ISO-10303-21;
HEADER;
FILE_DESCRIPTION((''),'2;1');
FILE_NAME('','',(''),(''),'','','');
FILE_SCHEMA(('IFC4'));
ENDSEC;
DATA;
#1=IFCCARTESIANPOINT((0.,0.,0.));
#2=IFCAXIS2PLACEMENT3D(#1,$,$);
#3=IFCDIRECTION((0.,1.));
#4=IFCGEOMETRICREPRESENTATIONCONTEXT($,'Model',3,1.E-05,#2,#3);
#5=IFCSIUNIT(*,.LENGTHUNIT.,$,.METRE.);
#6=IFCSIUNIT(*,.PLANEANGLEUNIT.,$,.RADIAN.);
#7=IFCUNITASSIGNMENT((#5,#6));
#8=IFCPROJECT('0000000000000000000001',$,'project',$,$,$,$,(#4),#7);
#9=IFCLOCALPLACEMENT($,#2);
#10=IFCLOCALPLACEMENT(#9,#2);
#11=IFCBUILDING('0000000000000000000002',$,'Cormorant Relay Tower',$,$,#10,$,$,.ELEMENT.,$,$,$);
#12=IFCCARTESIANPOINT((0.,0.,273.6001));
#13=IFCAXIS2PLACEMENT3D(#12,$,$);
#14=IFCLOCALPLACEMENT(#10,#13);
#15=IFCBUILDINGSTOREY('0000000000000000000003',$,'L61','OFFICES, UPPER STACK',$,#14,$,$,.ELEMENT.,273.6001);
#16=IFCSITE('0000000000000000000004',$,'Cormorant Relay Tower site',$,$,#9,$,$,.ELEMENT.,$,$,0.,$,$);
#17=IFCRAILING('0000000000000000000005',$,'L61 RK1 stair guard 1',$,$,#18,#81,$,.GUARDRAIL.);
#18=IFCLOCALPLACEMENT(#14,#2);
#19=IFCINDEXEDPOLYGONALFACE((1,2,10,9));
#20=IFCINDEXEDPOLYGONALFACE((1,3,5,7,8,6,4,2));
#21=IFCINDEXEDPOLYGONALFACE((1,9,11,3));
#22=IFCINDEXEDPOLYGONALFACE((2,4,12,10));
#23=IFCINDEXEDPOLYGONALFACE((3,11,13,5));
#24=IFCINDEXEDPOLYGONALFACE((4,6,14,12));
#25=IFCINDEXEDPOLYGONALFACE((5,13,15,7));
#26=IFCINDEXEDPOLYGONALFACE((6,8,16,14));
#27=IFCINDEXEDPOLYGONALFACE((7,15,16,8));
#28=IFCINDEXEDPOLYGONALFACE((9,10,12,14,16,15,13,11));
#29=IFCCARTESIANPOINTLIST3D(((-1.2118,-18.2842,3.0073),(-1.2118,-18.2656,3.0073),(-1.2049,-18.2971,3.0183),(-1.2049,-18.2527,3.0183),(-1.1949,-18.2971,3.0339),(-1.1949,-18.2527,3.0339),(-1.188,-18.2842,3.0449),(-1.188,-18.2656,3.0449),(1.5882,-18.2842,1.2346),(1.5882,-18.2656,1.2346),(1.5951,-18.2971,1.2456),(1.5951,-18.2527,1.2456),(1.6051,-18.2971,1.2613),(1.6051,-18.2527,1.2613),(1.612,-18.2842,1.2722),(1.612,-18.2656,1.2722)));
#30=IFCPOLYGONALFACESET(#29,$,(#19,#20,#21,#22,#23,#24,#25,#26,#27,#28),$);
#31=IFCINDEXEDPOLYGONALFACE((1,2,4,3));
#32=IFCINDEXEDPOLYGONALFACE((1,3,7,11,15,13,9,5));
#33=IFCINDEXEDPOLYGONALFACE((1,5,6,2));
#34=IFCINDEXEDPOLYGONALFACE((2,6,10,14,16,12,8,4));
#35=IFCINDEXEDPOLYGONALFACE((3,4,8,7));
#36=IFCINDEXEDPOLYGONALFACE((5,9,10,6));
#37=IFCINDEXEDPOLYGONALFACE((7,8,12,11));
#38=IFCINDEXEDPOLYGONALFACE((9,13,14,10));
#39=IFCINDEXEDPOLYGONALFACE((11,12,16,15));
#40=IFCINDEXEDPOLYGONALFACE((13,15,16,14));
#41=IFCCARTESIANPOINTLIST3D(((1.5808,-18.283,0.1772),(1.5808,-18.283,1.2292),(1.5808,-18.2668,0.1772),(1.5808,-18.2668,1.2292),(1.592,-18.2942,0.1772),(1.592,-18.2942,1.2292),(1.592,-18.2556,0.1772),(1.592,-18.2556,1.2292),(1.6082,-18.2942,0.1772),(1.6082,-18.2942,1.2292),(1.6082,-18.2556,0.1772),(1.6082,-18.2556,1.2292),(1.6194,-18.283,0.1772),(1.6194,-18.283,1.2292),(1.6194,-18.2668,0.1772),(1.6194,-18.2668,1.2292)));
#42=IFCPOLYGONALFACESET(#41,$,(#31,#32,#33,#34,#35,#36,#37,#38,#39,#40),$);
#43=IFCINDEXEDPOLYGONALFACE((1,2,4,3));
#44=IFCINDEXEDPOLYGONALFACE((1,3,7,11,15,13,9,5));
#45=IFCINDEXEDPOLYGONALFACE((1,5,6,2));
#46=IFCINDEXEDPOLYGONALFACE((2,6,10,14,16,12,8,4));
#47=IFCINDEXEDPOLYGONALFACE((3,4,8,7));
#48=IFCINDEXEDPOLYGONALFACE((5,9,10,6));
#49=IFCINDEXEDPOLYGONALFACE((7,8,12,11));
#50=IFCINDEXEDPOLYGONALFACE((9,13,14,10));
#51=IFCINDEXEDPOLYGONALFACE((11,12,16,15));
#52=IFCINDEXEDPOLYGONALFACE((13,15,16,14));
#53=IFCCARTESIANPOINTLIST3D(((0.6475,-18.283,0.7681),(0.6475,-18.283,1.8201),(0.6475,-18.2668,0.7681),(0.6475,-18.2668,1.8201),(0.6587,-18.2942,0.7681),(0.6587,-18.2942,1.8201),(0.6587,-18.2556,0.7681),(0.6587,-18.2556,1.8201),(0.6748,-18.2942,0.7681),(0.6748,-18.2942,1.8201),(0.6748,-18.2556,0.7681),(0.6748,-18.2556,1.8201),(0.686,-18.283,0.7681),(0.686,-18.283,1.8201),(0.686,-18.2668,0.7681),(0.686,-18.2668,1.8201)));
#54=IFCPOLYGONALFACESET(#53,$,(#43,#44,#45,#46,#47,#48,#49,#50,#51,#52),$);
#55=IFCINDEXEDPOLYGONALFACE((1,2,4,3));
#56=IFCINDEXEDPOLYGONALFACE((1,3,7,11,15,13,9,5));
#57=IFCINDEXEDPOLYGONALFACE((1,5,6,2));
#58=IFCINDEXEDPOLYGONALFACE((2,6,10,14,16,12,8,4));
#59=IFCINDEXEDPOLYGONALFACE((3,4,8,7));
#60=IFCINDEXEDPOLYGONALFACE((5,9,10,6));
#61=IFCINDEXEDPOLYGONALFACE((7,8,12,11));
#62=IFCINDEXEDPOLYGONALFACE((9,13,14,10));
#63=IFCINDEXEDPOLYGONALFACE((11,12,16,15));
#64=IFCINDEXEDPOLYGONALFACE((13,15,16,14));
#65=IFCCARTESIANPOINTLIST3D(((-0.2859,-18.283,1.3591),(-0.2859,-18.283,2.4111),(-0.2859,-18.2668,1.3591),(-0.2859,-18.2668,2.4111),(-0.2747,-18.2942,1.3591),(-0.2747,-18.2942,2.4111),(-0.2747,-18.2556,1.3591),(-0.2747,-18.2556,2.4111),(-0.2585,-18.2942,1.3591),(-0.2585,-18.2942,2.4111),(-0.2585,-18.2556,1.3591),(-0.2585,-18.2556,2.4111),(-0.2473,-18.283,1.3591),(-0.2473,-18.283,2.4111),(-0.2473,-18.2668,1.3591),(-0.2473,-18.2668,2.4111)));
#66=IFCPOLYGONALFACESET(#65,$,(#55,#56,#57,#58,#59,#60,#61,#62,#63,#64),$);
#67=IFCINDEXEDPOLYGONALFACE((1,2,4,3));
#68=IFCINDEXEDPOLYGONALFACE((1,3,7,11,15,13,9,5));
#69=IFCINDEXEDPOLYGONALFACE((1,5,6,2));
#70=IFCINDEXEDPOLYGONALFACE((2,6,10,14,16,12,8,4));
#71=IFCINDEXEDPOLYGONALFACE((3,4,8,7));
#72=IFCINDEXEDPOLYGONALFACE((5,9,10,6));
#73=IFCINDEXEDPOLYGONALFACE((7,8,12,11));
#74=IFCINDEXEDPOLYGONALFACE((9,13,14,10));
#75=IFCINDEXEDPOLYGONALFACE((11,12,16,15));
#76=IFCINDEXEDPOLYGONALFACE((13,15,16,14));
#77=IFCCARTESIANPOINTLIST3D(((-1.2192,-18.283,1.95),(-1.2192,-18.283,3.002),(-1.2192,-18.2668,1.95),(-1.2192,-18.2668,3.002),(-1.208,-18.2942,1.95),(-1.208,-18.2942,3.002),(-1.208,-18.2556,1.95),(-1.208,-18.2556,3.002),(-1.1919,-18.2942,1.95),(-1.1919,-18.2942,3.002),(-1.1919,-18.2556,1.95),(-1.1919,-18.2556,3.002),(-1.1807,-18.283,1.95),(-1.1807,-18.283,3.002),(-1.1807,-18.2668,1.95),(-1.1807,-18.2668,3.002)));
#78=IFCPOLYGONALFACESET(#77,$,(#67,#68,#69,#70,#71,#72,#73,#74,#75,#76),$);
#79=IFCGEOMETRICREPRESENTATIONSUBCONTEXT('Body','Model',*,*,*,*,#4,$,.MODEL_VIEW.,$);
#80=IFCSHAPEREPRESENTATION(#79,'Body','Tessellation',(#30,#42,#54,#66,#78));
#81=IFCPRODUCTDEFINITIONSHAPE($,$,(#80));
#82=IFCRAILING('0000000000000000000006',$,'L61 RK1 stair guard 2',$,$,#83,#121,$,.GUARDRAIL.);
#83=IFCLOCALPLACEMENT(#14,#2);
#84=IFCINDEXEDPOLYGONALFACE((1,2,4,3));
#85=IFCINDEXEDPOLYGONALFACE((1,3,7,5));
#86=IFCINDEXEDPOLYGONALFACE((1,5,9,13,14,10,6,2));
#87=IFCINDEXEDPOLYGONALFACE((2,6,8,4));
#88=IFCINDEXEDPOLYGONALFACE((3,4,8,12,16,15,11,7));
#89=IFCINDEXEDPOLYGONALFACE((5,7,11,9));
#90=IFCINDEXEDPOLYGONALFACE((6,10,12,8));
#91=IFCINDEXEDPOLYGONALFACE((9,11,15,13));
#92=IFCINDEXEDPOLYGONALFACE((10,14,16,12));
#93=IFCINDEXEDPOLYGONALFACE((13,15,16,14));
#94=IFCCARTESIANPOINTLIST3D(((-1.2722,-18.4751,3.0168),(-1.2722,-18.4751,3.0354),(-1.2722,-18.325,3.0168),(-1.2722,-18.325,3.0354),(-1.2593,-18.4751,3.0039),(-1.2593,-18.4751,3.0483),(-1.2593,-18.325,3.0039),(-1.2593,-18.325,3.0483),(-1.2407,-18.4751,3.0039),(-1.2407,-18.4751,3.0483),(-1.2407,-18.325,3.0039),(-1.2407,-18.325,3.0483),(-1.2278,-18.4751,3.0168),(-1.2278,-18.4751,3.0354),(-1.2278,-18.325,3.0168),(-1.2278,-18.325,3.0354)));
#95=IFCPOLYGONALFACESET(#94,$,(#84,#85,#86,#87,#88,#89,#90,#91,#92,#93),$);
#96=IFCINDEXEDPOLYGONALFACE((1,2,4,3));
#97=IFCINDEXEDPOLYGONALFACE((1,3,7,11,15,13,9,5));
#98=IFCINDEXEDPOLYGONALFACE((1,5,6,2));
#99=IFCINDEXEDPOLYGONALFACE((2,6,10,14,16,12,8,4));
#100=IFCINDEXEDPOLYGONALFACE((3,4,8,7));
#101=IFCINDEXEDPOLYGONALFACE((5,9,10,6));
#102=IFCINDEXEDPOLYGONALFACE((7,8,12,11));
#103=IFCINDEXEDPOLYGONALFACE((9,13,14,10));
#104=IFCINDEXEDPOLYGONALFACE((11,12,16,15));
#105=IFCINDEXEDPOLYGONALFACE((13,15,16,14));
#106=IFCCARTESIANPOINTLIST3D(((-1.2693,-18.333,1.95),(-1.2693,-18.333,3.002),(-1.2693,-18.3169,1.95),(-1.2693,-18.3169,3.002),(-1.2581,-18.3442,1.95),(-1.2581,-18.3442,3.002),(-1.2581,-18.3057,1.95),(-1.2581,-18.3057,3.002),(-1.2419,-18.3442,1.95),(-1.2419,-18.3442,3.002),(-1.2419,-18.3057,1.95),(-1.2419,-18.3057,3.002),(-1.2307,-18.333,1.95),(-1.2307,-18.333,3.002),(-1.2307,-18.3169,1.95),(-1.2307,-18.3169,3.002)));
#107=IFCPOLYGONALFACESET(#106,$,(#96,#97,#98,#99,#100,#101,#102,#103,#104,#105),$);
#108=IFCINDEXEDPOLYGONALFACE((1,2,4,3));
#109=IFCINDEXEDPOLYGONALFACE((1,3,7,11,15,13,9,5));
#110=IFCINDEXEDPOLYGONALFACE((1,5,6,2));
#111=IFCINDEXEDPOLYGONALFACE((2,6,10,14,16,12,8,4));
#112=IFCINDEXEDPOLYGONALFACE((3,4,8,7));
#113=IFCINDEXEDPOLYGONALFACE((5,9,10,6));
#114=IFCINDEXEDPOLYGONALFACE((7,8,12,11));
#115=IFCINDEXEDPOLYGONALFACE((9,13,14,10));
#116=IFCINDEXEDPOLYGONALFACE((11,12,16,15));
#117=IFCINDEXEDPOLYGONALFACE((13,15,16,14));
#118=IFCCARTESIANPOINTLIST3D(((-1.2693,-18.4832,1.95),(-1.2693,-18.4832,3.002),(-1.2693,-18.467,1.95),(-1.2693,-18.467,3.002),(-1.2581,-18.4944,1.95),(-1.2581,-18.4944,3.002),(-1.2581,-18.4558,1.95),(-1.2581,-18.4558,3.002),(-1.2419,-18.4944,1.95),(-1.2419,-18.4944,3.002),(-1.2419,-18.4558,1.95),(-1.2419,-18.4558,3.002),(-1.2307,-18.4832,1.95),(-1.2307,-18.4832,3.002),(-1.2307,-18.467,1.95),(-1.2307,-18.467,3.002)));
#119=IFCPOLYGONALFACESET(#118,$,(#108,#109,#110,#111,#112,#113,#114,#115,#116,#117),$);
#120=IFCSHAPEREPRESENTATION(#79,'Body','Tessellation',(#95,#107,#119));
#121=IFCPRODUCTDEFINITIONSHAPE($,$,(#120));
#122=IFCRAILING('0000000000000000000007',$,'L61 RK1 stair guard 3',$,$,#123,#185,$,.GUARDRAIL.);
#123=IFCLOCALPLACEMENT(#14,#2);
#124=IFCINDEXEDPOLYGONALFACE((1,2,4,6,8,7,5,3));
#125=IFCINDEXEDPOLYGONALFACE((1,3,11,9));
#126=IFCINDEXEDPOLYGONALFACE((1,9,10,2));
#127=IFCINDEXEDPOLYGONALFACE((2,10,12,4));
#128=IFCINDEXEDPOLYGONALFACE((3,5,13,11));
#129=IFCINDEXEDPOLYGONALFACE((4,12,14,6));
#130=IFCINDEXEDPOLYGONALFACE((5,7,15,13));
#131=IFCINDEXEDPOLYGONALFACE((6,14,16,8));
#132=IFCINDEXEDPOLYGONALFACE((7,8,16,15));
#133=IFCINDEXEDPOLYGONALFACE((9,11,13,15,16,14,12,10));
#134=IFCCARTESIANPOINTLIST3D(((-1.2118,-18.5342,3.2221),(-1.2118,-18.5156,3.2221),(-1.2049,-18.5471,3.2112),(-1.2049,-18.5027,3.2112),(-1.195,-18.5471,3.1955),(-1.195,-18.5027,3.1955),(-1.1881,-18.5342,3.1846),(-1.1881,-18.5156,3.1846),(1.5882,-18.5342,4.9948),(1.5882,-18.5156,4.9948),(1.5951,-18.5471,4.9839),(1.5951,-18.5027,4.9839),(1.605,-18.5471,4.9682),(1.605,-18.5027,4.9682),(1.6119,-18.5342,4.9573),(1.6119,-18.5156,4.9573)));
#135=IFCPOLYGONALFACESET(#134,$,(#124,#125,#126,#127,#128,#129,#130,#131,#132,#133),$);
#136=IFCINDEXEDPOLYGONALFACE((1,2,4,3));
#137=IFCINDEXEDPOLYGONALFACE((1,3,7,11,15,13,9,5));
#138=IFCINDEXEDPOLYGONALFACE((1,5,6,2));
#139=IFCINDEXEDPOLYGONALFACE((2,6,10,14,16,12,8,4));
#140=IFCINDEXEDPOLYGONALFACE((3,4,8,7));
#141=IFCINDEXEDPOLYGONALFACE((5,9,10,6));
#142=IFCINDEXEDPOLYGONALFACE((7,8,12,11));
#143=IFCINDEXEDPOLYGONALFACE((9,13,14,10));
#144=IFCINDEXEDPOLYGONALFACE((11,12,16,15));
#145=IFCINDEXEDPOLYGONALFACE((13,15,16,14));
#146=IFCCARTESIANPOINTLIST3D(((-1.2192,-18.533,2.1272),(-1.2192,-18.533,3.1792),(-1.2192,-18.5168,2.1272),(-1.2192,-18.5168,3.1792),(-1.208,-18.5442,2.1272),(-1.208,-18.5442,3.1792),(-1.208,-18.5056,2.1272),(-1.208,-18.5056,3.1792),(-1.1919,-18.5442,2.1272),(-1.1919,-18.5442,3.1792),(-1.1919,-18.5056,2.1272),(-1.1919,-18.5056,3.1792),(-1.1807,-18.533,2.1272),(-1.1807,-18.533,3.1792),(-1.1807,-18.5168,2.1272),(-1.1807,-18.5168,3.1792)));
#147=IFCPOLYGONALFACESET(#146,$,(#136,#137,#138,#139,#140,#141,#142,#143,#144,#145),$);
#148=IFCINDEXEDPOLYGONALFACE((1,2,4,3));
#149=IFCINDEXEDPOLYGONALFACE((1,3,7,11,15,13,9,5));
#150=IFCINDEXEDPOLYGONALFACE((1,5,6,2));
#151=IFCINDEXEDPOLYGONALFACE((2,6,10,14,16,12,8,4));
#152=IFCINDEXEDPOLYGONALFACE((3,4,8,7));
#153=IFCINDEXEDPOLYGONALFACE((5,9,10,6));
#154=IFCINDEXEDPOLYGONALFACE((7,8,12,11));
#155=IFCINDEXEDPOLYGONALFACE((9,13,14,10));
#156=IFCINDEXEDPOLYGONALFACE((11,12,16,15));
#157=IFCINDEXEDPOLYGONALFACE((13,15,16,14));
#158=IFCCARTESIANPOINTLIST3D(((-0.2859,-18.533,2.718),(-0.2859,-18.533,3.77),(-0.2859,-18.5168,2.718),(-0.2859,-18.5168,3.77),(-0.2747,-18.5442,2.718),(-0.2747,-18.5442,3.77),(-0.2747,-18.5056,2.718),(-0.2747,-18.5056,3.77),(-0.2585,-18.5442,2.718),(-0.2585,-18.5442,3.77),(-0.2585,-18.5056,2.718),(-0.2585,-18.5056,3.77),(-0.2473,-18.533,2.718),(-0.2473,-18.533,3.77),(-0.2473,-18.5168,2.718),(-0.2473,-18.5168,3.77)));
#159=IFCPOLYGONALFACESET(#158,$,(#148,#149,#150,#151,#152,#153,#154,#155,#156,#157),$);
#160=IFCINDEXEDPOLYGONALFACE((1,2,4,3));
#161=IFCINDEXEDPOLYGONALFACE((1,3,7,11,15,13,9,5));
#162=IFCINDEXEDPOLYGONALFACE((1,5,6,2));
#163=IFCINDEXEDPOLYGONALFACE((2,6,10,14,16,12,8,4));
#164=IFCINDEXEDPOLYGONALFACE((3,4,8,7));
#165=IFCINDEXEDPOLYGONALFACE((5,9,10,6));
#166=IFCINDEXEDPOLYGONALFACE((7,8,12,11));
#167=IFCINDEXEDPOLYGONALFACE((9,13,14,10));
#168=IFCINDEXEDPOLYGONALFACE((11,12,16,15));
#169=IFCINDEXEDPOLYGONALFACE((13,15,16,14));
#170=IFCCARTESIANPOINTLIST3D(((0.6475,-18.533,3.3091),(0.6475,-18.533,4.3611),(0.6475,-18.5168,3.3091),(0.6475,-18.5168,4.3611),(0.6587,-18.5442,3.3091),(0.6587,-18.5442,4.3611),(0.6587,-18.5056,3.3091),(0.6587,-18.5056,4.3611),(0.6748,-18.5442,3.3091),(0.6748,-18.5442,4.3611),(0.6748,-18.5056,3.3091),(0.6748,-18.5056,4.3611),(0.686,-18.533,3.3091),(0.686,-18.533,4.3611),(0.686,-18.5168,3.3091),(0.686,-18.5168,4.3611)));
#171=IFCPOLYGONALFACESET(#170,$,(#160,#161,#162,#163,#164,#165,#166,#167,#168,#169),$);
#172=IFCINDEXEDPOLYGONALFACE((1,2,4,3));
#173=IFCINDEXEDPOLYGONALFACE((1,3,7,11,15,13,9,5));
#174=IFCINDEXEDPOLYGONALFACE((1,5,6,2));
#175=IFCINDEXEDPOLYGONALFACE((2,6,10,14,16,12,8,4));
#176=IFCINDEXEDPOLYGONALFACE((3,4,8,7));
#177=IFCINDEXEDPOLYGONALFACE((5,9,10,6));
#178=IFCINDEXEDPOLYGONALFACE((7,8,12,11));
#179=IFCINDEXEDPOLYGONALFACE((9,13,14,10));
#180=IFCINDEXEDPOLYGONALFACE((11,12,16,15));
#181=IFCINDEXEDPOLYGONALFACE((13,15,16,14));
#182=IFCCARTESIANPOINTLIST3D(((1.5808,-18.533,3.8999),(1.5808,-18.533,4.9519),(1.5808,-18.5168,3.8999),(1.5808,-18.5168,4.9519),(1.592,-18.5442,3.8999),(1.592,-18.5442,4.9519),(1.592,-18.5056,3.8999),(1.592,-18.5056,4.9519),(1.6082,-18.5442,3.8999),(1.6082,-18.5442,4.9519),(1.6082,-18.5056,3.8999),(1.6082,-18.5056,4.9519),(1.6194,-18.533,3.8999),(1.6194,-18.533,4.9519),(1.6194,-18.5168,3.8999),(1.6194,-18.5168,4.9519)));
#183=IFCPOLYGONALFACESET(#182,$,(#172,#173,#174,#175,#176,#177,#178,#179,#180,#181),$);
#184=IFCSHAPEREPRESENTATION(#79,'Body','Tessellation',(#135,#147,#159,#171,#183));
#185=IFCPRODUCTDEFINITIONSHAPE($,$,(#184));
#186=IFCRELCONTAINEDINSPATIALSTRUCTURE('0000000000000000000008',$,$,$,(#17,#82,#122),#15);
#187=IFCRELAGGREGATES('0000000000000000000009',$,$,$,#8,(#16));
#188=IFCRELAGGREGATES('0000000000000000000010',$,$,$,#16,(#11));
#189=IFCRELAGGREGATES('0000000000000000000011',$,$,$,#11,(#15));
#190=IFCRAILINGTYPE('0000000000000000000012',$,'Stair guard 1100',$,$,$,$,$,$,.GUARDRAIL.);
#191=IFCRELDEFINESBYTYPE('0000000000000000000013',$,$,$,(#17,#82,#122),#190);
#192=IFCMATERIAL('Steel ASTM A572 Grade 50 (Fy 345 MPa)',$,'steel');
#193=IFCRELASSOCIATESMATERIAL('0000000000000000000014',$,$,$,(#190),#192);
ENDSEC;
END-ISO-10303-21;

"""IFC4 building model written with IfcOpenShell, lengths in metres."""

from ifc_helpers import new_model, si_unit, direction, frame, origin, place, context, subcontext, project, spatial, polyline, outline, extrude, material, type_object, element, save


model = new_model("IFC4")

# Units and contexts
model_context = context("Model", 3, precision=1e-05, world=origin(), true_north=direction((0.0, 1.0)))
body_context = subcontext(model_context, "Body", "Model", "MODEL_VIEW")
ifc_project = project(units=[si_unit("LENGTHUNIT", "METRE"), si_unit("PLANEANGLEUNIT", "RADIAN")], contexts=[model_context])

# Site, building, storey
site_placement = place(None, origin())
site = spatial("IfcSite", under=ifc_project, at=site_placement, Name="Cormorant Relay Tower site", CompositionType="ELEMENT", RefElevation=0.0)
building_placement = place(site_placement, origin())
building = spatial("IfcBuilding", under=site, at=building_placement, Name="Cormorant Relay Tower", CompositionType="ELEMENT")
storey_placement = place(building_placement, frame((0.0, 0.0, 273.6001)))
storey = spatial("IfcBuildingStorey", under=building, at=storey_placement, Name="L61", Description="OFFICES, UPPER STACK", CompositionType="ELEMENT", Elevation=273.6001)

# Railings
ifc_material_1 = material(Name="Steel ASTM A572 Grade 50 (Fy 345 MPa)", Category="steel")
railing_type_1 = type_object("IfcRailingType", Name="Stair guard 1100", PredefinedType="GUARDRAIL", material=ifc_material_1)
railing_1_placement = place(storey_placement, frame((1.6001, -18.2749, 0.1772)))
element("IfcRailing", 1, at=railing_1_placement, inside=storey, type_object=railing_type_1, Name="L61 RK1 stair guard 1", PredefinedType="GUARDRAIL", context=body_context, shape_type="SweptSolid", body=[
    extrude(outline(polyline([(0.0222, 0.0093), (0.0093, 0.0222), (-0.0093, 0.0222), (-0.0222, 0.0093), (-0.0222, -0.0093), (-0.0093, -0.0222), (0.0093, -0.0222), (0.0222, -0.0093), (0.0222, 0.0093)])), frame((0.0, 0.0, 1.0762), z_axis=(-0.844909, 0.0, 0.53491), x_axis=(0.0, -1.0, 0.0)), (0.0, 0.0, 1.0), 3.314),
    extrude(outline(polyline([(0.0193, 0.0081), (0.0081, 0.0193), (-0.0081, 0.0193), (-0.0193, 0.0081), (-0.0193, -0.0081), (-0.0081, -0.0193), (0.0081, -0.0193), (0.0193, -0.0081), (0.0193, 0.0081)])), origin(), (0.0, 0.0, 1.0), 1.052),
    extrude(outline(polyline([(0.0193, 0.0081), (0.0081, 0.0193), (-0.0081, 0.0193), (-0.0193, 0.0081), (-0.0193, -0.0081), (-0.0081, -0.0193), (0.0081, -0.0193), (0.0193, -0.0081), (0.0193, 0.0081)])), frame((-0.9333, 0.0, 0.5908)), (0.0, 0.0, 1.0), 1.052),
    extrude(outline(polyline([(0.0193, 0.0081), (0.0081, 0.0193), (-0.0081, 0.0193), (-0.0193, 0.0081), (-0.0193, -0.0081), (-0.0081, -0.0193), (0.0081, -0.0193), (0.0193, -0.0081), (0.0193, 0.0081)])), frame((-1.8667, 0.0, 1.1819)), (0.0, 0.0, 1.0), 1.052),
    extrude(outline(polyline([(0.0193, 0.0081), (0.0081, 0.0193), (-0.0081, 0.0193), (-0.0193, 0.0081), (-0.0193, -0.0081), (-0.0081, -0.0193), (0.0081, -0.0193), (0.0193, -0.0081), (0.0193, 0.0081)])), frame((-2.8, 0.0, 1.7727)), (0.0, 0.0, 1.0), 1.052),
])
railing_2_placement = place(storey_placement, frame((-1.25, -18.325, 1.95)))
element("IfcRailing", 2, at=railing_2_placement, inside=storey, type_object=railing_type_1, Name="L61 RK1 stair guard 2", PredefinedType="GUARDRAIL", context=body_context, shape_type="SweptSolid", body=[
    extrude(outline(polyline([(0.0222, 0.0093), (0.0093, 0.0222), (-0.0093, 0.0222), (-0.0222, 0.0093), (-0.0222, -0.0093), (-0.0093, -0.0222), (0.0093, -0.0222), (0.0222, -0.0093), (0.0222, 0.0093)])), frame((0.0, 0.0, 1.0762), z_axis=(0.0, -1.0, 0.0), x_axis=(1.0, 0.0, 0.0)), (0.0, 0.0, 1.0), 0.1501),
    extrude(outline(polyline([(0.0193, 0.0081), (0.0081, 0.0193), (-0.0081, 0.0193), (-0.0193, 0.0081), (-0.0193, -0.0081), (-0.0081, -0.0193), (0.0081, -0.0193), (0.0193, -0.0081), (0.0193, 0.0081)])), origin(), (0.0, 0.0, 1.0), 1.052),
    extrude(outline(polyline([(0.0193, 0.0081), (0.0081, 0.0193), (-0.0081, 0.0193), (-0.0193, 0.0081), (-0.0193, -0.0081), (-0.0081, -0.0193), (0.0081, -0.0193), (0.0193, -0.0081), (0.0193, 0.0081)])), frame((0.0, -0.1501, 0.0)), (0.0, 0.0, 1.0), 1.052),
])
railing_3_placement = place(storey_placement, frame((-1.2, -18.5249, 2.1272)))
element("IfcRailing", 3, at=railing_3_placement, inside=storey, type_object=railing_type_1, Name="L61 RK1 stair guard 3", PredefinedType="GUARDRAIL", context=body_context, shape_type="SweptSolid", body=[
    extrude(outline(polyline([(0.0222, 0.0093), (0.0093, 0.0222), (-0.0093, 0.0222), (-0.0222, 0.0093), (-0.0222, -0.0093), (-0.0093, -0.0222), (0.0093, -0.0222), (0.0222, -0.0093), (0.0222, 0.0093)])), frame((0.0, 0.0, 1.0762), z_axis=(0.844909, 0.0, 0.53491), x_axis=(0.0, 1.0, 0.0)), (0.0, 0.0, 1.0), 3.314),
    extrude(outline(polyline([(0.0193, 0.0081), (0.0081, 0.0193), (-0.0081, 0.0193), (-0.0193, 0.0081), (-0.0193, -0.0081), (-0.0081, -0.0193), (0.0081, -0.0193), (0.0193, -0.0081), (0.0193, 0.0081)])), origin(), (0.0, 0.0, 1.0), 1.052),
    extrude(outline(polyline([(0.0193, 0.0081), (0.0081, 0.0193), (-0.0081, 0.0193), (-0.0193, 0.0081), (-0.0193, -0.0081), (-0.0081, -0.0193), (0.0081, -0.0193), (0.0193, -0.0081), (0.0193, 0.0081)])), frame((0.9333, 0.0, 0.5908)), (0.0, 0.0, 1.0), 1.052),
    extrude(outline(polyline([(0.0193, 0.0081), (0.0081, 0.0193), (-0.0081, 0.0193), (-0.0193, 0.0081), (-0.0193, -0.0081), (-0.0081, -0.0193), (0.0081, -0.0193), (0.0193, -0.0081), (0.0193, 0.0081)])), frame((1.8667, 0.0, 1.1819)), (0.0, 0.0, 1.0), 1.052),
    extrude(outline(polyline([(0.0193, 0.0081), (0.0081, 0.0193), (-0.0081, 0.0193), (-0.0193, 0.0081), (-0.0193, -0.0081), (-0.0081, -0.0193), (0.0081, -0.0193), (0.0193, -0.0081), (0.0193, 0.0081)])), frame((2.8, 0.0, 1.7727)), (0.0, 0.0, 1.0), 1.052),
])

save(model, "model.ifc")
